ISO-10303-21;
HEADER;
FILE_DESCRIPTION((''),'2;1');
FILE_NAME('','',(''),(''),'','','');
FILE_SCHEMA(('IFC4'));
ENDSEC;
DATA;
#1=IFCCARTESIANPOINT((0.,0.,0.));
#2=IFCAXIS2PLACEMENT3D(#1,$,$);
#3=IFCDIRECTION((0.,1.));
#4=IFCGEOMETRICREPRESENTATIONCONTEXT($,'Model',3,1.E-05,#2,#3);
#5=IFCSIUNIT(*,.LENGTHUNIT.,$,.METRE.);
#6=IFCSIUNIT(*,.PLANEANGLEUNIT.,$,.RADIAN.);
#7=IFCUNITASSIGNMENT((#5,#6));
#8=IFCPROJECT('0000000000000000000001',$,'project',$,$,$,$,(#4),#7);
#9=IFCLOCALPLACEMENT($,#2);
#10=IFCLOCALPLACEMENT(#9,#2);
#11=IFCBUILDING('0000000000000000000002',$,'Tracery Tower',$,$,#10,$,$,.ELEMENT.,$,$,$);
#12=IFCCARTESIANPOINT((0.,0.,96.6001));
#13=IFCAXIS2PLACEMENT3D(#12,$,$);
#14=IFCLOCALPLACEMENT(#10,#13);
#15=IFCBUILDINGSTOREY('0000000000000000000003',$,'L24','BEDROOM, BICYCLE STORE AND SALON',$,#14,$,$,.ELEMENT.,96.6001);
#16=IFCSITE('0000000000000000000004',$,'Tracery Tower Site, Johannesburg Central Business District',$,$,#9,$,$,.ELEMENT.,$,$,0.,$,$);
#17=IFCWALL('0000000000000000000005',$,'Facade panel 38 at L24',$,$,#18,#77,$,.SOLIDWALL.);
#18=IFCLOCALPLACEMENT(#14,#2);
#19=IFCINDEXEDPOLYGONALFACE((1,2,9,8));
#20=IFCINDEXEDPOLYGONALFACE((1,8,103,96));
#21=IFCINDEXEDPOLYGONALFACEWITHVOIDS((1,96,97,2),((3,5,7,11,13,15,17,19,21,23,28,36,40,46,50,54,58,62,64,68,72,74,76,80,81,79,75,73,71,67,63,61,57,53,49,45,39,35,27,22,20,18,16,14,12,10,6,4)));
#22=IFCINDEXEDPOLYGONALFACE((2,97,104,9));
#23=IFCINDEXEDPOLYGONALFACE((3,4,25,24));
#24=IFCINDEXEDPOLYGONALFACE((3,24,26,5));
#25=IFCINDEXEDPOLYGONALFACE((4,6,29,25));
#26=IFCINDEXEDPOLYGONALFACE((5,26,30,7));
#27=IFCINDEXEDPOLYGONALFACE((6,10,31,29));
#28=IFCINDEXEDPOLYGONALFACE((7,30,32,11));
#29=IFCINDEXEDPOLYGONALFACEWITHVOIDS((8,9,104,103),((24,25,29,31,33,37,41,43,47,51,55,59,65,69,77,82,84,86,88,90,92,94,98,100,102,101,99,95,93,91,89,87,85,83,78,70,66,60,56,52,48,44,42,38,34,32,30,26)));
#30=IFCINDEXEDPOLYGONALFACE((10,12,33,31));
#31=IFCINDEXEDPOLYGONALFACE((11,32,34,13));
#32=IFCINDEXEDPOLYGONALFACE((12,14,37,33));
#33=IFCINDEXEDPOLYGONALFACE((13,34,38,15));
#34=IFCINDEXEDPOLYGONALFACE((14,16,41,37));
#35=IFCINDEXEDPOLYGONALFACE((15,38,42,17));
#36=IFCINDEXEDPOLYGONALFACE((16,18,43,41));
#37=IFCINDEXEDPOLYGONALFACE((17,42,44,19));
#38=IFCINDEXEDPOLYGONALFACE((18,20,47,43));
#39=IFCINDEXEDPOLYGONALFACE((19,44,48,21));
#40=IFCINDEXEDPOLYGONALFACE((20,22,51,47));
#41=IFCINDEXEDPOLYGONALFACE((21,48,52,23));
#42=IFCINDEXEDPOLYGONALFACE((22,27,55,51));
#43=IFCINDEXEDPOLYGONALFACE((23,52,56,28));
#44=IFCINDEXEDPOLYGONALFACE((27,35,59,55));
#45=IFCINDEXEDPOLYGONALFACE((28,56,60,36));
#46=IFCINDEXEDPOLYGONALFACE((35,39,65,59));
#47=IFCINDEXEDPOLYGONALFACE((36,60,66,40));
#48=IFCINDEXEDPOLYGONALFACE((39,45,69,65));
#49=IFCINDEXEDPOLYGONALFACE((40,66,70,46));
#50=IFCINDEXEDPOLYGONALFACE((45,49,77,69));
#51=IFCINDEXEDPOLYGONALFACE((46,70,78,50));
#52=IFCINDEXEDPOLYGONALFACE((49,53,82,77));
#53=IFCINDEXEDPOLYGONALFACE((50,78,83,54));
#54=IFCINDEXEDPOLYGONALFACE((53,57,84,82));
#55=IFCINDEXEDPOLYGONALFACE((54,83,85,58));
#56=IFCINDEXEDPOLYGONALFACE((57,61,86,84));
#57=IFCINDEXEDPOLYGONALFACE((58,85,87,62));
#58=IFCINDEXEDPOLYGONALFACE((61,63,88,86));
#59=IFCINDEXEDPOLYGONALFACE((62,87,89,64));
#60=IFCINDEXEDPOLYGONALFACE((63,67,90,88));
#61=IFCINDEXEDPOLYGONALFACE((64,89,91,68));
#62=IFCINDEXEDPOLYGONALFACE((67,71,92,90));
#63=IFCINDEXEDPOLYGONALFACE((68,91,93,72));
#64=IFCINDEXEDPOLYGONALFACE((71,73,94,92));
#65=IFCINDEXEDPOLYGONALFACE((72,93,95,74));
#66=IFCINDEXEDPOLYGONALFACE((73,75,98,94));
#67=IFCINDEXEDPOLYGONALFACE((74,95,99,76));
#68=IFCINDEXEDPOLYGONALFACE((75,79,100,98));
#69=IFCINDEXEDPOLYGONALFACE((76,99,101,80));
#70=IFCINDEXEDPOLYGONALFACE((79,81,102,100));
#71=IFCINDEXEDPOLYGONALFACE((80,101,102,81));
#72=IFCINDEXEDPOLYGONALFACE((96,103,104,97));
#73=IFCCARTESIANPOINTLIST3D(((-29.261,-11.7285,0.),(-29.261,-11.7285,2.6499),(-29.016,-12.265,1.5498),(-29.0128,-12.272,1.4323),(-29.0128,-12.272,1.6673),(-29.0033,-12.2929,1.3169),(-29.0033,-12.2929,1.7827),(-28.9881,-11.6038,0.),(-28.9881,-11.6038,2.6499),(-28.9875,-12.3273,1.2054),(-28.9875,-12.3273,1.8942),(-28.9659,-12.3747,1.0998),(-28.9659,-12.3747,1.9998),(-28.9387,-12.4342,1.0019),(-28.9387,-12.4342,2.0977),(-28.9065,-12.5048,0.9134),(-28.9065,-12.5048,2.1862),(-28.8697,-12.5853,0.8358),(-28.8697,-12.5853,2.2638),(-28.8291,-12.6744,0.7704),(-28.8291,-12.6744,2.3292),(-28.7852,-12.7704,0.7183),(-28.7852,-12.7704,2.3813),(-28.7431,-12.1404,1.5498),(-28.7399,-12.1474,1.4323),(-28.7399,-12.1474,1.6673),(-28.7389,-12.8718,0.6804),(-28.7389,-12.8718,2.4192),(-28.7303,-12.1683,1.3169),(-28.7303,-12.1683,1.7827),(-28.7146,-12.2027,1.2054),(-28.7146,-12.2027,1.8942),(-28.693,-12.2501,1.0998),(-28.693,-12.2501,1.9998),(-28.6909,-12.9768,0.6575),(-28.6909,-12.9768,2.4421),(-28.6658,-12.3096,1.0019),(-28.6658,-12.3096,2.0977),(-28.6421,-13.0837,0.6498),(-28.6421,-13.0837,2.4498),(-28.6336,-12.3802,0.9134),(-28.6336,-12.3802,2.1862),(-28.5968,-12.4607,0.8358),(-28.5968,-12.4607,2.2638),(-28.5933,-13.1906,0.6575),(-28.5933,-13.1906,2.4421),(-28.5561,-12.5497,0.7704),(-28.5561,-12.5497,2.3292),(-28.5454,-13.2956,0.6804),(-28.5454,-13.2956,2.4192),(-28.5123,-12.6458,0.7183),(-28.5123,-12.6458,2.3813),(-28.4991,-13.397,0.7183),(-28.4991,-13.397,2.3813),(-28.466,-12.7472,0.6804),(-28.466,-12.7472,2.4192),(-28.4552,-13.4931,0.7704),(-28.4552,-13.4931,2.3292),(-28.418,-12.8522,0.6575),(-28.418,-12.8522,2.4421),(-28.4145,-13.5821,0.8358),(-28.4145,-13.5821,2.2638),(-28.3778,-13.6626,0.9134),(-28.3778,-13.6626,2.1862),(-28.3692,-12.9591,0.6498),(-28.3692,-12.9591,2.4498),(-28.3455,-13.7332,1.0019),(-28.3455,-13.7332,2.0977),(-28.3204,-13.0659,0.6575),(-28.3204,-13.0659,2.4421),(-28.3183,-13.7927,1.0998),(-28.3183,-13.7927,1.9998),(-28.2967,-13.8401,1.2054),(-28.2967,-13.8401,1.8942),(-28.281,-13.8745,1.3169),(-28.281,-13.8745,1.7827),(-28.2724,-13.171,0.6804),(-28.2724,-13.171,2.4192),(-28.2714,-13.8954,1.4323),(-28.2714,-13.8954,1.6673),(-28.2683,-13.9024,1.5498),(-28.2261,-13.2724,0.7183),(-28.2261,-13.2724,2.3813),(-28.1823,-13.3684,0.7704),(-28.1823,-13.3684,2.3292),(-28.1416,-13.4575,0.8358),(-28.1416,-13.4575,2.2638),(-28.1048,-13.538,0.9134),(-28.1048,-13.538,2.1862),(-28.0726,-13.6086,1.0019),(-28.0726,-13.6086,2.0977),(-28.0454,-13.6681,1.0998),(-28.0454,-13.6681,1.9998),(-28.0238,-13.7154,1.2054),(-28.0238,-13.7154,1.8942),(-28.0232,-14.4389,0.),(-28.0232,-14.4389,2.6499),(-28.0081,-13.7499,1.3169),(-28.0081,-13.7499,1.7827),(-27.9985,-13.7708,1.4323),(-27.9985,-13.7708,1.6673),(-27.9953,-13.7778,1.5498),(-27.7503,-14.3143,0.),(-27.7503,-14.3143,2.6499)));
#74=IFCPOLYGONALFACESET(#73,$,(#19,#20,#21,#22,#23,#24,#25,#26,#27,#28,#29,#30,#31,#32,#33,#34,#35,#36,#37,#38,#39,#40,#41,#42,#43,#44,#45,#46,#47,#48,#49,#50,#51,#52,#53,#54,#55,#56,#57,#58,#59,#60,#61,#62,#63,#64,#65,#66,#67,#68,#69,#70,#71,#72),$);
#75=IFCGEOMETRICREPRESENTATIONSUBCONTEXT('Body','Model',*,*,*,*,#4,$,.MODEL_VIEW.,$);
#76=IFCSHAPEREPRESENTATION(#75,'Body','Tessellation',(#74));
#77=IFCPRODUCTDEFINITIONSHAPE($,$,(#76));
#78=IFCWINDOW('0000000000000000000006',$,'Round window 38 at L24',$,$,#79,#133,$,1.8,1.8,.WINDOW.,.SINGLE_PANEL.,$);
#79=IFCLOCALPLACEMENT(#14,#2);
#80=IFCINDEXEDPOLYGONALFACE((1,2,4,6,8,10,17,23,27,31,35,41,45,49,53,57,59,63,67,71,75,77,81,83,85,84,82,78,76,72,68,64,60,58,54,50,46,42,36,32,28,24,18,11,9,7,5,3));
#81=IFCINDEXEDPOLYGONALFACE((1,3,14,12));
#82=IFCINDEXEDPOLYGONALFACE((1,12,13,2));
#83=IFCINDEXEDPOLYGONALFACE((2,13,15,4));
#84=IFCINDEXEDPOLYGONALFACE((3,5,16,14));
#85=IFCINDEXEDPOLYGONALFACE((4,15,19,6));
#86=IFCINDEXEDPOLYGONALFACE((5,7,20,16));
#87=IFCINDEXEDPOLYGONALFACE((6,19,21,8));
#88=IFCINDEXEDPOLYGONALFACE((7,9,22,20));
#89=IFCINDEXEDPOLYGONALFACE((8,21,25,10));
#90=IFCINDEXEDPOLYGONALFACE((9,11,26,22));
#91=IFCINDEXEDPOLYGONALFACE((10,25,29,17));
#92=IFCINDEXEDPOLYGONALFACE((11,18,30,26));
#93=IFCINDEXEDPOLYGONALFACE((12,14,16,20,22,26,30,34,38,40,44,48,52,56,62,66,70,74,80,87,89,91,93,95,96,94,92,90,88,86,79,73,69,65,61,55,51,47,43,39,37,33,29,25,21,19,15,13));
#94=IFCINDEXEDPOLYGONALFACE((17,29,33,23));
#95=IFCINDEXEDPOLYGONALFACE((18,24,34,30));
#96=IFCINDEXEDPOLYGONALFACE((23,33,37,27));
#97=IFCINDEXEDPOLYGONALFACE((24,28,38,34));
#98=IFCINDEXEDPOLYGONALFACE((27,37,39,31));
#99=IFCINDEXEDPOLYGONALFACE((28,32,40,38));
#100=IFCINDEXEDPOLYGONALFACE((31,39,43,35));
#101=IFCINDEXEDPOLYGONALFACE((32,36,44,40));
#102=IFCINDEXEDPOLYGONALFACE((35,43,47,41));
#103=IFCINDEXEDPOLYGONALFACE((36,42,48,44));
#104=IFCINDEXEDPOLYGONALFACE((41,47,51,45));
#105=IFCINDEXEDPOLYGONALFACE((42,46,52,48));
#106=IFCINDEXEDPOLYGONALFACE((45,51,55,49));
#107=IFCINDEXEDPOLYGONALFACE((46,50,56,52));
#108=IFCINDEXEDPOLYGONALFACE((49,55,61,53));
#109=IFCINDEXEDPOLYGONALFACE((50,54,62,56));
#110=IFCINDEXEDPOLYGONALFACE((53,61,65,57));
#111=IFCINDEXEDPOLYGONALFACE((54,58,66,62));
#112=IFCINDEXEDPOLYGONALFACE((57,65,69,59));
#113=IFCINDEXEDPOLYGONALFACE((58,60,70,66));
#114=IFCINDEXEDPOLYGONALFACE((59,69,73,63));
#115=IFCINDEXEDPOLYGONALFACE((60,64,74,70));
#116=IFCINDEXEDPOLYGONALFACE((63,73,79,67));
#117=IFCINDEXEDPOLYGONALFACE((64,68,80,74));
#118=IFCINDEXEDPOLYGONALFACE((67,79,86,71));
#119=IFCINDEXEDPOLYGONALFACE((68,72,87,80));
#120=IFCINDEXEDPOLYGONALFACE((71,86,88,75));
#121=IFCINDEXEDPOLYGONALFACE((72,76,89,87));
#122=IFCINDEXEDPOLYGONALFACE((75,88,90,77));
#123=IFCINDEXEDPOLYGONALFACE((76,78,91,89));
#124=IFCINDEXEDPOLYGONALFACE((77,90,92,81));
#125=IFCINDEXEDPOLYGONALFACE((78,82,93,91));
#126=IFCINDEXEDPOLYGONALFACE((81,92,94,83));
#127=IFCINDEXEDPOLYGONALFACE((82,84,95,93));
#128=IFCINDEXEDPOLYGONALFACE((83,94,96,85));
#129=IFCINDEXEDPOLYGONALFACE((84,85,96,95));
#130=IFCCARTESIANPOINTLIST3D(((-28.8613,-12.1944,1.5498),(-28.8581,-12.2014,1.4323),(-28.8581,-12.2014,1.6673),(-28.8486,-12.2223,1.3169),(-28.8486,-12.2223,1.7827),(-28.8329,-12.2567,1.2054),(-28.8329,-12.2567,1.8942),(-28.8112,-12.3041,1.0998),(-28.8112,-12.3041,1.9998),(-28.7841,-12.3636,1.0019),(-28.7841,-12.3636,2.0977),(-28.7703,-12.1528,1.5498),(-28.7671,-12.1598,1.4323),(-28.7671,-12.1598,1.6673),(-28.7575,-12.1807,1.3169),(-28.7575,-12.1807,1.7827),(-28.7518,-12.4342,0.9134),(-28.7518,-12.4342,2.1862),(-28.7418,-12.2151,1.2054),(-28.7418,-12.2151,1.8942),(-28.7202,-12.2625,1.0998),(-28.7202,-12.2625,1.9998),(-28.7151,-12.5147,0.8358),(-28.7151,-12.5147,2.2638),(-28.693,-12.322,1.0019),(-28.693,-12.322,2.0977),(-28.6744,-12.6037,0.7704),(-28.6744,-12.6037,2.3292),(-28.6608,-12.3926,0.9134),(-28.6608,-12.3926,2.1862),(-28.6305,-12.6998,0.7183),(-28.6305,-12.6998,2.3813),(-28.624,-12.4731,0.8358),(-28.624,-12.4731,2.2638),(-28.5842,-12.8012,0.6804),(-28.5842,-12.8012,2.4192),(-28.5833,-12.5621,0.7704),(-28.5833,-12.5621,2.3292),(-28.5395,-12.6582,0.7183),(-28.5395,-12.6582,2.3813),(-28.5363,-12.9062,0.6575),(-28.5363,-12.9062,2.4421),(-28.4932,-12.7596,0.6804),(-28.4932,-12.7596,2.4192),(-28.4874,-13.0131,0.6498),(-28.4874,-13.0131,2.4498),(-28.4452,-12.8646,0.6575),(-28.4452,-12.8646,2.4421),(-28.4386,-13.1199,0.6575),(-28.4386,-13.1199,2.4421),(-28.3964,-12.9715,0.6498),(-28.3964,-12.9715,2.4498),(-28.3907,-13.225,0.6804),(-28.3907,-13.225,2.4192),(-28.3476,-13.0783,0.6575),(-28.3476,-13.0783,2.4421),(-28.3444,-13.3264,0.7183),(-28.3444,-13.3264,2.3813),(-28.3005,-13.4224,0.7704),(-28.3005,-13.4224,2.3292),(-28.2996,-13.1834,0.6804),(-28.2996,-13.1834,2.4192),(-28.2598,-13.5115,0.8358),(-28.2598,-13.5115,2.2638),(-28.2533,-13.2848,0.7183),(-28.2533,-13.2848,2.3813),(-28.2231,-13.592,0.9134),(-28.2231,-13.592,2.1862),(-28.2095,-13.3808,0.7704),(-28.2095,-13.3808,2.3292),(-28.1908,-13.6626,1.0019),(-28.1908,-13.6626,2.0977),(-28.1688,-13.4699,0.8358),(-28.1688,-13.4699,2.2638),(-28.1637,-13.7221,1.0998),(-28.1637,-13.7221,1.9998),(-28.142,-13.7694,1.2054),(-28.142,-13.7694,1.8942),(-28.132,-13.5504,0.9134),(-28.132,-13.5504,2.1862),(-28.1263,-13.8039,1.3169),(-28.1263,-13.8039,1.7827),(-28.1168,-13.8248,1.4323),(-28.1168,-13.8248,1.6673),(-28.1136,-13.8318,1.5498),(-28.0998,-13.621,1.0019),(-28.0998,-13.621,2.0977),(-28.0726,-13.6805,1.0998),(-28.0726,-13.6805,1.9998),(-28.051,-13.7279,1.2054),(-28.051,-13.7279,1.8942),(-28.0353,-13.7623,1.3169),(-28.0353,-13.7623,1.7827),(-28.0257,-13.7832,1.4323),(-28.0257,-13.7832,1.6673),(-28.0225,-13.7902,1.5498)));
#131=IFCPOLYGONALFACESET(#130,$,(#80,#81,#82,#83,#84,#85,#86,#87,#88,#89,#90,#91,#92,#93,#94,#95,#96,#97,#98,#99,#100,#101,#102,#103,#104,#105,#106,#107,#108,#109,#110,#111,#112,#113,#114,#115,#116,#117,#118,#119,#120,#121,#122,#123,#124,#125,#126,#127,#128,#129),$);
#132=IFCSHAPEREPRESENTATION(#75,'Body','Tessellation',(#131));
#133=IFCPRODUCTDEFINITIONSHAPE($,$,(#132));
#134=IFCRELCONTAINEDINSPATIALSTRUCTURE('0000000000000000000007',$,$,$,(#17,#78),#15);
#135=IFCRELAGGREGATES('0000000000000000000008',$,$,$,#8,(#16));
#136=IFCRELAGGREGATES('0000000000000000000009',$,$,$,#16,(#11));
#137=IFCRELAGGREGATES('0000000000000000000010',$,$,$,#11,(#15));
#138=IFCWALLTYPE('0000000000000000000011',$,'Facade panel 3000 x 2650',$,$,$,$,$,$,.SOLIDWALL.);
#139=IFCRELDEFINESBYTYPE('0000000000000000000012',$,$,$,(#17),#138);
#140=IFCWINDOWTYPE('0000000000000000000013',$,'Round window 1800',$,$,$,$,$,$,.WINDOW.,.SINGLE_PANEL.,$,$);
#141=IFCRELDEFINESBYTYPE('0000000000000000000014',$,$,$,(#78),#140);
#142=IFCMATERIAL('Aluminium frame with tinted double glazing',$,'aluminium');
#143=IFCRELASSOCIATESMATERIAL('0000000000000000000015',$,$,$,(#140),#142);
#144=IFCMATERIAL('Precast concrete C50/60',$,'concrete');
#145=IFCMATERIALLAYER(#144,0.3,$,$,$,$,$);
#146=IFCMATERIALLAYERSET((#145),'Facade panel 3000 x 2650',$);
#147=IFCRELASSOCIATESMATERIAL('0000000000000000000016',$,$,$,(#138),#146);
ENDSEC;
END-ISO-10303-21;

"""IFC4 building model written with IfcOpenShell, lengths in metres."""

from ifc_helpers import new_model, si_unit, direction, frame, frame_2d, origin, origin_2d, place, context, subcontext, project, spatial, rectangle, circle, extrude, material, layer, layer_set, type_object, element, fill, save


model = new_model("IFC4")

# Units and contexts
model_context = context("Model", 3, precision=1e-05, world=origin(), true_north=direction((0.0, 1.0)))
body_context = subcontext(model_context, "Body", "Model", "MODEL_VIEW")
ifc_project = project(units=[si_unit("LENGTHUNIT", "METRE"), si_unit("PLANEANGLEUNIT", "RADIAN")], contexts=[model_context])

# Site, building, storey
site_placement = place(None, origin())
site = spatial("IfcSite", under=ifc_project, at=site_placement, Name="Tracery Tower Site, Johannesburg Central Business District", CompositionType="ELEMENT", RefElevation=0.0)
building_placement = place(site_placement, origin())
building = spatial("IfcBuilding", under=site, at=building_placement, Name="Tracery Tower", CompositionType="ELEMENT")
storey_placement = place(building_placement, frame((0.0, 0.0, 96.6001)))
storey = spatial("IfcBuildingStorey", under=building, at=storey_placement, Name="L24", Description="BEDROOM, BICYCLE STORE AND SALON", CompositionType="ELEMENT", Elevation=96.6001)

# Wall, opening, window
ifc_material_1 = material(Name="Aluminium frame with tinted double glazing", Category="aluminium")
window_type = type_object("IfcWindowType", Name="Round window 1800", PartitioningType="SINGLE_PANEL", PredefinedType="WINDOW", material=ifc_material_1)
ifc_material_2 = material(Name="Precast concrete C50/60", Category="concrete")
ifc_layer_1 = layer(ifc_material_2, 0.3)
ifc_layer_set_1 = layer_set([ifc_layer_1], Name="Facade panel 3000 x 2650")
wall_type_1 = type_object("IfcWallType", Name="Facade panel 3000 x 2650", PredefinedType="SOLIDWALL", material=ifc_layer_set_1)
wall_1_placement = place(storey_placement, frame((-29.1245, -11.6663, 0.0), z_axis=(0.0, 0.0, 1.0), x_axis=(0.415407, -0.909636, 0.0)))
wall_1 = element("IfcWall", 1, at=wall_1_placement, inside=storey, type_object=wall_type_1, Name="Facade panel 38 at L24", PredefinedType="SOLIDWALL", context=body_context, shape_type="SweptSolid", body=[
    extrude(rectangle(XDim=2.9797, YDim=0.3, at=frame_2d((1.4897, 0.0))), origin(), (0.0, 0.0, 1.0), 2.6499),
])
opening_1_placement = place(wall_1_placement, frame((1.4897, 0.0, 1.5498)))
opening_1 = element("IfcOpeningElement", 2, at=opening_1_placement, cuts=wall_1, PredefinedType="OPENING", context=body_context, shape_type="SweptSolid", body=[
    extrude(circle(Radius=0.9, at=origin_2d()), frame((0.0, 0.1599, 0.0), z_axis=(0.0, -1.0, 0.0), x_axis=(1.0, 0.0, 0.0)), (0.0, 0.0, 1.0), 0.3201),
])
window_1_placement = place(opening_1_placement, origin())
window_1 = element("IfcWindow", 3, at=window_1_placement, inside=storey, type_object=window_type, Name="Round window 38 at L24", OverallHeight=1.8, OverallWidth=1.8, PartitioningType="SINGLE_PANEL", PredefinedType="WINDOW", context=body_context, shape_type="SweptSolid", body=[
    extrude(circle(Radius=0.9, at=origin_2d()), frame((0.0, 0.1201, 0.0), z_axis=(0.0, -1.0, 0.0), x_axis=(1.0, 0.0, 0.0)), (0.0, 0.0, 1.0), 0.1001),
])
fill(opening_1, window_1)

save(model, "model.ifc")
